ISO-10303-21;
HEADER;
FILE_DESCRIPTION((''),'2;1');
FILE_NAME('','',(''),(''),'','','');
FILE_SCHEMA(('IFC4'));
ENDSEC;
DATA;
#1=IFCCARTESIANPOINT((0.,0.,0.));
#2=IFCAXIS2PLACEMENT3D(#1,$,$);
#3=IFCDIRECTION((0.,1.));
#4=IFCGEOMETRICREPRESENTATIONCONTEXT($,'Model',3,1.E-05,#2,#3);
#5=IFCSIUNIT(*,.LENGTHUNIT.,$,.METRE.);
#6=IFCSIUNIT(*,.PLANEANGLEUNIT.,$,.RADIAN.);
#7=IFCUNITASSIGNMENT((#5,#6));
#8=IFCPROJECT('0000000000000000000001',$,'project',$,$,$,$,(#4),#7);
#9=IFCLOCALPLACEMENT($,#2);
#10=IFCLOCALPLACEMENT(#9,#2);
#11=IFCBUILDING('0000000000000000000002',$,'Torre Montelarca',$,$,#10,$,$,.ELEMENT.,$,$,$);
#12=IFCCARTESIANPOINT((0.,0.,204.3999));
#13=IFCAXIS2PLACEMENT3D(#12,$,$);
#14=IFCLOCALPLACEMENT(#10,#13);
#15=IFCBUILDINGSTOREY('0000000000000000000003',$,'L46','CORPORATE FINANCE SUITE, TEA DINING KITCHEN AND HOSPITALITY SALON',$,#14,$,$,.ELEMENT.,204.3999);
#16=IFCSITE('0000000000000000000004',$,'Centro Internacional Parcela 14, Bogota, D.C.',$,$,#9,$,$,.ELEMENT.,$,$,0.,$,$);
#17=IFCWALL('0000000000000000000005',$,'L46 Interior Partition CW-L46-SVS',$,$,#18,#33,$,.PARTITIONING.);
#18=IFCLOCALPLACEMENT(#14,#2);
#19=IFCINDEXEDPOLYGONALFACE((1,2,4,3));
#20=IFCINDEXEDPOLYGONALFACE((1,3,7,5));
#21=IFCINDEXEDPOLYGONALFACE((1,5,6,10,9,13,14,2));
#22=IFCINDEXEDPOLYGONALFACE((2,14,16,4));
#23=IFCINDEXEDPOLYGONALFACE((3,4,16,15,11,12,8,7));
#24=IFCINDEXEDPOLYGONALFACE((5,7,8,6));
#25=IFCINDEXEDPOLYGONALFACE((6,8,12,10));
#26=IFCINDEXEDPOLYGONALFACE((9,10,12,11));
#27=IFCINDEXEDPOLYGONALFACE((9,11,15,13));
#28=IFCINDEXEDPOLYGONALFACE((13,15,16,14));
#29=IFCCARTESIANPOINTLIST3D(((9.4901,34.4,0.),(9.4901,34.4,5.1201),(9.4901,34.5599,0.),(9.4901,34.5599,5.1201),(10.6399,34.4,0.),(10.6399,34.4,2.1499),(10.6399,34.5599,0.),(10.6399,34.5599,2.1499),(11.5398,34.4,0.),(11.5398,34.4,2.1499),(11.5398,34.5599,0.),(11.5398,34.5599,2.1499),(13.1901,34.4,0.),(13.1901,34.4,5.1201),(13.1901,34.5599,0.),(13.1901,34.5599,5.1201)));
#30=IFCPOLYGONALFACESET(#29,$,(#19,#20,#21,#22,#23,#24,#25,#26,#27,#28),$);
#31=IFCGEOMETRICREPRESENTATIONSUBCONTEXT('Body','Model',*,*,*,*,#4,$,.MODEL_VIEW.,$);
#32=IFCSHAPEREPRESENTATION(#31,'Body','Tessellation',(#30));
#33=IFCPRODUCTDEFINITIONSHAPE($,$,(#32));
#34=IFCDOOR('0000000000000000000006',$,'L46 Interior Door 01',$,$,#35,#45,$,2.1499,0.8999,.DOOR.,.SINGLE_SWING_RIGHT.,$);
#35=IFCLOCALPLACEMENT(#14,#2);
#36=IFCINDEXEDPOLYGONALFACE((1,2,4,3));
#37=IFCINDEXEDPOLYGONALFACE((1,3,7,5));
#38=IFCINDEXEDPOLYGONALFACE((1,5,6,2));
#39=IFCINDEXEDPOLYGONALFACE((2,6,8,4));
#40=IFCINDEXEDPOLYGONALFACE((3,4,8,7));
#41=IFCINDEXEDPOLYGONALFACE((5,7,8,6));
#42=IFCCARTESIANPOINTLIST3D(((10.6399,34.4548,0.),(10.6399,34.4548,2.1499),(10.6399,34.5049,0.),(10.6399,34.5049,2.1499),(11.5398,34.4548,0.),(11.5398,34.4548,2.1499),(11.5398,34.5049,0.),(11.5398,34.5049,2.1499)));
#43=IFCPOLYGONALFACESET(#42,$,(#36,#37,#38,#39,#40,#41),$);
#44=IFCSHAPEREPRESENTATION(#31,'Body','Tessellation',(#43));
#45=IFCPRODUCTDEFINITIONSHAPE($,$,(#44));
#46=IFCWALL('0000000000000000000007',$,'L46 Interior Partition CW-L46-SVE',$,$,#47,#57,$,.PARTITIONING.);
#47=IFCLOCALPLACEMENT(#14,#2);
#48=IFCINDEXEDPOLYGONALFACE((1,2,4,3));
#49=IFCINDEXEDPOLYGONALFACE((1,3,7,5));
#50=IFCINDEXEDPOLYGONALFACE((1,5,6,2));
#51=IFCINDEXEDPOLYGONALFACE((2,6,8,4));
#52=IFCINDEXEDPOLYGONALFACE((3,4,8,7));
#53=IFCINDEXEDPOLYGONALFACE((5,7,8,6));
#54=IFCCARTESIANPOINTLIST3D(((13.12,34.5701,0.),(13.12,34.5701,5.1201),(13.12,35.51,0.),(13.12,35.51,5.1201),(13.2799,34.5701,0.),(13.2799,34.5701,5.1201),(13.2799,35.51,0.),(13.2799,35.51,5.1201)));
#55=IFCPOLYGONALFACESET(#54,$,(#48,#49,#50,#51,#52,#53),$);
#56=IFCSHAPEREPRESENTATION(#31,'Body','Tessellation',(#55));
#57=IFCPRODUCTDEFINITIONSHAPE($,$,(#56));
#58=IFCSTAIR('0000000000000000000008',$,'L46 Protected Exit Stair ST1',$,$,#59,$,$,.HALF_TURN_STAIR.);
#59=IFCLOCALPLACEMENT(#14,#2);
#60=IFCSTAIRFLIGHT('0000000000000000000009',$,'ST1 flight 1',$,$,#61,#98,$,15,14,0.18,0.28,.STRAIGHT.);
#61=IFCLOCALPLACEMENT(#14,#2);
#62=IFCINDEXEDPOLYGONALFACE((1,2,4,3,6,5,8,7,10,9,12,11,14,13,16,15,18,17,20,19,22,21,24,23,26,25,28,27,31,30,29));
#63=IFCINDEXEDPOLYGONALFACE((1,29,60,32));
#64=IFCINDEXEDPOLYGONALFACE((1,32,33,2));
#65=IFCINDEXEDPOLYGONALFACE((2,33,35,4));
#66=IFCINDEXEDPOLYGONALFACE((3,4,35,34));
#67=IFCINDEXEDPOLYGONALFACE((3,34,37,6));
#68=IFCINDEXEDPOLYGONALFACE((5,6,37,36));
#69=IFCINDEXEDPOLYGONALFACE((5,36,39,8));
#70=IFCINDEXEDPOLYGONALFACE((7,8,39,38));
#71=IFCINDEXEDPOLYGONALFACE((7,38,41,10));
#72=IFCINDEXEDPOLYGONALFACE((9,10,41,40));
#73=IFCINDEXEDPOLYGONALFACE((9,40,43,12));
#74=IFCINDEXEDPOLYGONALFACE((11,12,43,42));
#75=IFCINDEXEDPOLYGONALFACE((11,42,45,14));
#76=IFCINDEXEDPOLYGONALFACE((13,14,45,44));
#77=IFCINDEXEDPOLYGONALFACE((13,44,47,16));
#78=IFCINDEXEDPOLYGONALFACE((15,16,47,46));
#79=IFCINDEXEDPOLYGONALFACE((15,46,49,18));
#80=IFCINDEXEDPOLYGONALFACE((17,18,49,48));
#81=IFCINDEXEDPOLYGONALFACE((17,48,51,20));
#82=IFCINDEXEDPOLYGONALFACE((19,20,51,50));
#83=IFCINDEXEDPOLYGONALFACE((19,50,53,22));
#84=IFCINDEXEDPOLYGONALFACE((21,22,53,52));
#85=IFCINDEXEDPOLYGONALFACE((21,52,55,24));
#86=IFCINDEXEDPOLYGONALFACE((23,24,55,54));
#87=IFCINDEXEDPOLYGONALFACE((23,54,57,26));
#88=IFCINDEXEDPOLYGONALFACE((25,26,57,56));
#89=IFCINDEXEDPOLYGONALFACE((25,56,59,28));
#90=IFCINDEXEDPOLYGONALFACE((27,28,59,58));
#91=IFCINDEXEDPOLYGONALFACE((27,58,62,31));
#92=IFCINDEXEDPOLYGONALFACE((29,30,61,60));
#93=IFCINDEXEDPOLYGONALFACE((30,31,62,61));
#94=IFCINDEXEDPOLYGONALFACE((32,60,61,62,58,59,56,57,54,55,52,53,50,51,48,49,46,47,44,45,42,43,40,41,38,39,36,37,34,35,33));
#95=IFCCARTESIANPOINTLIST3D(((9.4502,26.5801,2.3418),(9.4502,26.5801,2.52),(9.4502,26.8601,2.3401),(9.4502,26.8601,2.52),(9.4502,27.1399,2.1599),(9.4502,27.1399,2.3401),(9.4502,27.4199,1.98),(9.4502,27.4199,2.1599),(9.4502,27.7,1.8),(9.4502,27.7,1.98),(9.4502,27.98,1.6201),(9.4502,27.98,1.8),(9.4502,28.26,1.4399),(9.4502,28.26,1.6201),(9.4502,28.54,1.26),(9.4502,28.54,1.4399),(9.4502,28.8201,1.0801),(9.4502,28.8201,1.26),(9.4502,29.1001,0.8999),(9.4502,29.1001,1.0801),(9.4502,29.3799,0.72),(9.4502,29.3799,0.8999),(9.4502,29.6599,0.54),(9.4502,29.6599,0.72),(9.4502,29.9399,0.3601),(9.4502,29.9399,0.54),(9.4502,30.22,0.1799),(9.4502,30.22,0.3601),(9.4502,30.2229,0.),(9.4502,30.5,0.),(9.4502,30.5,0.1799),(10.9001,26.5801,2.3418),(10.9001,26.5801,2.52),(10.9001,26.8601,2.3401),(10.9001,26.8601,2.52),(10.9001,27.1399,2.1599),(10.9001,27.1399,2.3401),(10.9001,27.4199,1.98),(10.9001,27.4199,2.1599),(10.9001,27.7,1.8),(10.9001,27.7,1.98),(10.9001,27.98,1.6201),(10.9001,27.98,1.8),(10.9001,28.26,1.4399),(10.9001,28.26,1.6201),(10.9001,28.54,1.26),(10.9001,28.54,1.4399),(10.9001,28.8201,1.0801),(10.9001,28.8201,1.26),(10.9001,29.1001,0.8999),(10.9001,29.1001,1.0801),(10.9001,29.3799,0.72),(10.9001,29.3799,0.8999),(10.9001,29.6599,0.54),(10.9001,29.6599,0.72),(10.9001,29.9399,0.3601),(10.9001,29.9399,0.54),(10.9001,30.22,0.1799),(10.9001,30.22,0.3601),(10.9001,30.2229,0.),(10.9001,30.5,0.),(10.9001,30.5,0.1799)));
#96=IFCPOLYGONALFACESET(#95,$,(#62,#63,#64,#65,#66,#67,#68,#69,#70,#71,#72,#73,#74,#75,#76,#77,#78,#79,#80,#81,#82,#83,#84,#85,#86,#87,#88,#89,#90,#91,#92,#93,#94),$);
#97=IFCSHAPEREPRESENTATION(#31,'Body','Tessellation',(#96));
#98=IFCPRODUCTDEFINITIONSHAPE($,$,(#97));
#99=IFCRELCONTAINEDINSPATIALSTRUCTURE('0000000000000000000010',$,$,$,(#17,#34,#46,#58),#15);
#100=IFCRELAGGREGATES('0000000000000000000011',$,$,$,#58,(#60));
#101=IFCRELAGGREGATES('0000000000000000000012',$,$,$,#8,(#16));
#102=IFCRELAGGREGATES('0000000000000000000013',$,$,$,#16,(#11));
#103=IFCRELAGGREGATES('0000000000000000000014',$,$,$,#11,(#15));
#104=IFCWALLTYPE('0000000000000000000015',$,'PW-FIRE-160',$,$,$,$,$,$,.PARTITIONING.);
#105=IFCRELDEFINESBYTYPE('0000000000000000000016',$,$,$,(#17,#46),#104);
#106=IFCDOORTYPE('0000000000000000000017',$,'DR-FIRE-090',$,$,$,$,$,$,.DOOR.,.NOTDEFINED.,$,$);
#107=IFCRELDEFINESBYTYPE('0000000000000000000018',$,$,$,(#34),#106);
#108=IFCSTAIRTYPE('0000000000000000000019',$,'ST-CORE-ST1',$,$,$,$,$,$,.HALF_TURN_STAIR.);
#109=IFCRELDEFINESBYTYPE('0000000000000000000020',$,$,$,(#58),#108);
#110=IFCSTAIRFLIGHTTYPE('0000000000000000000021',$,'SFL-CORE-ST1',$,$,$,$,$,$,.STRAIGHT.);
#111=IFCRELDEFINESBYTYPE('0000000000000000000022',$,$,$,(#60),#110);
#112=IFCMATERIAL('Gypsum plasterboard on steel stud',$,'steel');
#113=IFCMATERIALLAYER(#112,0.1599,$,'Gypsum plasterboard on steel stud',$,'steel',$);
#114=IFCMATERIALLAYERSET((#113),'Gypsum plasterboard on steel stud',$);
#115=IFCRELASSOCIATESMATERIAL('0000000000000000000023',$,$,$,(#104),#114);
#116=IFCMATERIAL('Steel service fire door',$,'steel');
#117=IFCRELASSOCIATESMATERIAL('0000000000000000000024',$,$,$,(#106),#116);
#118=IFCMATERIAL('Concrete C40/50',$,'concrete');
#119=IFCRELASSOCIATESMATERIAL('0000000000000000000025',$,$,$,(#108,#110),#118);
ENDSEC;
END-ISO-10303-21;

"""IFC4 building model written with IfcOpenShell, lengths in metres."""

from ifc_helpers import new_model, si_unit, direction, frame, frame_2d, origin, place, context, subcontext, project, spatial, polyline, rectangle, outline, extrude, source, transform, mapped, material, layer, layer_set, type_object, element, fill, aggregate, save


model = new_model("IFC4")

# Units and contexts
model_context = context("Model", 3, precision=1e-05, world=origin(), true_north=direction((0.0, 1.0)))
body_context = subcontext(model_context, "Body", "Model", "MODEL_VIEW")
ifc_project = project(units=[si_unit("LENGTHUNIT", "METRE"), si_unit("PLANEANGLEUNIT", "RADIAN")], contexts=[model_context])

# Site, building, storey
site_placement = place(None, origin())
site = spatial("IfcSite", under=ifc_project, at=site_placement, Name="Centro Internacional Parcela 14, Bogota, D.C.", CompositionType="ELEMENT", RefElevation=0.0)
building_placement = place(site_placement, origin())
building = spatial("IfcBuilding", under=site, at=building_placement, Name="Torre Montelarca", CompositionType="ELEMENT")
storey_placement = place(building_placement, frame((0.0, 0.0, 204.3999)))
storey = spatial("IfcBuildingStorey", under=building, at=storey_placement, Name="L46", Description="CORPORATE FINANCE SUITE, TEA DINING KITCHEN AND HOSPITALITY SALON", CompositionType="ELEMENT", Elevation=204.3999)

# Shared definitions
ifc_material_1 = material(Name="Concrete C40/50", Category="concrete")

# Wall, opening, door
ifc_material_2 = material(Name="Gypsum plasterboard on steel stud", Category="steel")
ifc_layer_1 = layer(ifc_material_2, 0.1599, Name="Gypsum plasterboard on steel stud", Category="steel")
ifc_layer_set_1 = layer_set([ifc_layer_1], Name="Gypsum plasterboard on steel stud")
wall_type_1 = type_object("IfcWallType", Name="PW-FIRE-160", PredefinedType="PARTITIONING", material=ifc_layer_set_1)
wall_1_placement = place(storey_placement, frame((9.49, 34.48, 0.0), z_axis=(0.0, 0.0, 1.0), x_axis=(1.0, 0.0, 0.0)))
wall_1 = element("IfcWall", 1, at=wall_1_placement, inside=storey, type_object=wall_type_1, Name="L46 Interior Partition CW-L46-SVS", PredefinedType="PARTITIONING", context=body_context, shape_type="SweptSolid", body=[
    extrude(rectangle(XDim=3.7, YDim=0.1599, at=frame_2d((1.8501, 0.0))), origin(), (0.0, 0.0, 1.0), 5.1201),
])
opening_1_placement = place(wall_1_placement, frame((1.1499, 0.0, 0.0)))
opening_1 = element("IfcOpeningElement", 2, at=opening_1_placement, cuts=wall_1, PredefinedType="OPENING", context=body_context, shape_type="SweptSolid", body=[
    extrude(rectangle(XDim=0.8999, YDim=2.1499, at=frame_2d((0.45, 1.075))), frame((0.0, 0.0898, 0.0), z_axis=(0.0, -1.0, 0.0), x_axis=(1.0, 0.0, 0.0)), (0.0, 0.0, 1.0), 0.1799),
])
ifc_material_3 = material(Name="Steel service fire door", Category="steel")
door_type_1 = type_object("IfcDoorType", Name="DR-FIRE-090", OperationType="NOTDEFINED", PredefinedType="DOOR", material=ifc_material_3)
shared_shape_1 = source(origin(), body_context, "Body", "SweptSolid", [
    extrude(rectangle(XDim=0.8999, YDim=2.1499, at=frame_2d((0.45, 1.075))), frame((0.0, 0.0249, 0.0), z_axis=(0.0, -1.0, 0.0), x_axis=(1.0, 0.0, 0.0)), (0.0, 0.0, 1.0), 0.05),
])
door_1_placement = place(opening_1_placement, origin())
door_1 = element("IfcDoor", 3, at=door_1_placement, inside=storey, type_object=door_type_1, Name="L46 Interior Door 01", OperationType="SINGLE_SWING_RIGHT", OverallHeight=2.1499, OverallWidth=0.8999, PredefinedType="DOOR", context=body_context, shape_type="MappedRepresentation", body=[
    mapped(shared_shape_1, transform((0.0, 0.0, 0.0), scale=1.0)),
])
fill(opening_1, door_1)

# Wall
wall_2_placement = place(storey_placement, frame((13.2, 34.5701, 0.0), z_axis=(0.0, 0.0, 1.0), x_axis=(0.0, 1.0, 0.0)))
element("IfcWall", 4, at=wall_2_placement, inside=storey, type_object=wall_type_1, Name="L46 Interior Partition CW-L46-SVE", PredefinedType="PARTITIONING", context=body_context, shape_type="SweptSolid", body=[
    extrude(rectangle(XDim=0.9399, YDim=0.1599, at=frame_2d((0.47, 0.0))), origin(), (0.0, 0.0, 1.0), 5.1201),
])

# Stair, stair flight
stair_type = type_object("IfcStairType", Name="ST-CORE-ST1", PredefinedType="HALF_TURN_STAIR", material=ifc_material_1)
stair_placement = place(storey_placement, origin())
stair = element("IfcStair", 5, at=stair_placement, inside=storey, type_object=stair_type, Name="L46 Protected Exit Stair ST1", PredefinedType="HALF_TURN_STAIR")
stair_flight_type = type_object("IfcStairFlightType", Name="SFL-CORE-ST1", PredefinedType="STRAIGHT", material=ifc_material_1)
stair_flight_placement = place(storey_placement, frame((10.175, 30.5, 0.0), z_axis=(0.0, 0.0, 1.0), x_axis=(0.0, -1.0, 0.0)))
stair_flight = element("IfcStairFlight", 6, at=stair_flight_placement, type_object=stair_flight_type, Name="ST1 flight 1", NumberOfRisers=15, NumberOfTreads=14, PredefinedType="STRAIGHT", RiserHeight=0.18, TreadLength=0.28, context=body_context, shape_type="SweptSolid", body=[
    extrude(outline(polyline([(0.0, 0.0), (0.0, 0.1799), (0.28, 0.1799), (0.28, 0.3601), (0.5601, 0.3601), (0.5601, 0.54), (0.8401, 0.54), (0.8401, 0.72), (1.1201, 0.72), (1.1201, 0.8999), (1.3999, 0.8999), (1.3999, 1.0801), (1.6799, 1.0801), (1.6799, 1.26), (1.96, 1.26), (1.96, 1.4399), (2.24, 1.4399), (2.24, 1.6201), (2.52, 1.6201), (2.52, 1.8), (2.8, 1.8), (2.8, 1.98), (3.0801, 1.98), (3.0801, 2.1599), (3.3601, 2.1599), (3.3601, 2.3401), (3.6399, 2.3401), (3.6399, 2.52), (3.9199, 2.52), (3.9199, 2.7), (3.9199, 2.3418), (0.2771, 0.0), (0.0, 0.0)])), frame((0.0, 0.7251, 0.0), z_axis=(0.0, -1.0, 0.0), x_axis=(1.0, 0.0, 0.0)), (0.0, 0.0, 1.0), 1.45),
])
aggregate(stair, [stair_flight])

save(model, "model.ifc")
